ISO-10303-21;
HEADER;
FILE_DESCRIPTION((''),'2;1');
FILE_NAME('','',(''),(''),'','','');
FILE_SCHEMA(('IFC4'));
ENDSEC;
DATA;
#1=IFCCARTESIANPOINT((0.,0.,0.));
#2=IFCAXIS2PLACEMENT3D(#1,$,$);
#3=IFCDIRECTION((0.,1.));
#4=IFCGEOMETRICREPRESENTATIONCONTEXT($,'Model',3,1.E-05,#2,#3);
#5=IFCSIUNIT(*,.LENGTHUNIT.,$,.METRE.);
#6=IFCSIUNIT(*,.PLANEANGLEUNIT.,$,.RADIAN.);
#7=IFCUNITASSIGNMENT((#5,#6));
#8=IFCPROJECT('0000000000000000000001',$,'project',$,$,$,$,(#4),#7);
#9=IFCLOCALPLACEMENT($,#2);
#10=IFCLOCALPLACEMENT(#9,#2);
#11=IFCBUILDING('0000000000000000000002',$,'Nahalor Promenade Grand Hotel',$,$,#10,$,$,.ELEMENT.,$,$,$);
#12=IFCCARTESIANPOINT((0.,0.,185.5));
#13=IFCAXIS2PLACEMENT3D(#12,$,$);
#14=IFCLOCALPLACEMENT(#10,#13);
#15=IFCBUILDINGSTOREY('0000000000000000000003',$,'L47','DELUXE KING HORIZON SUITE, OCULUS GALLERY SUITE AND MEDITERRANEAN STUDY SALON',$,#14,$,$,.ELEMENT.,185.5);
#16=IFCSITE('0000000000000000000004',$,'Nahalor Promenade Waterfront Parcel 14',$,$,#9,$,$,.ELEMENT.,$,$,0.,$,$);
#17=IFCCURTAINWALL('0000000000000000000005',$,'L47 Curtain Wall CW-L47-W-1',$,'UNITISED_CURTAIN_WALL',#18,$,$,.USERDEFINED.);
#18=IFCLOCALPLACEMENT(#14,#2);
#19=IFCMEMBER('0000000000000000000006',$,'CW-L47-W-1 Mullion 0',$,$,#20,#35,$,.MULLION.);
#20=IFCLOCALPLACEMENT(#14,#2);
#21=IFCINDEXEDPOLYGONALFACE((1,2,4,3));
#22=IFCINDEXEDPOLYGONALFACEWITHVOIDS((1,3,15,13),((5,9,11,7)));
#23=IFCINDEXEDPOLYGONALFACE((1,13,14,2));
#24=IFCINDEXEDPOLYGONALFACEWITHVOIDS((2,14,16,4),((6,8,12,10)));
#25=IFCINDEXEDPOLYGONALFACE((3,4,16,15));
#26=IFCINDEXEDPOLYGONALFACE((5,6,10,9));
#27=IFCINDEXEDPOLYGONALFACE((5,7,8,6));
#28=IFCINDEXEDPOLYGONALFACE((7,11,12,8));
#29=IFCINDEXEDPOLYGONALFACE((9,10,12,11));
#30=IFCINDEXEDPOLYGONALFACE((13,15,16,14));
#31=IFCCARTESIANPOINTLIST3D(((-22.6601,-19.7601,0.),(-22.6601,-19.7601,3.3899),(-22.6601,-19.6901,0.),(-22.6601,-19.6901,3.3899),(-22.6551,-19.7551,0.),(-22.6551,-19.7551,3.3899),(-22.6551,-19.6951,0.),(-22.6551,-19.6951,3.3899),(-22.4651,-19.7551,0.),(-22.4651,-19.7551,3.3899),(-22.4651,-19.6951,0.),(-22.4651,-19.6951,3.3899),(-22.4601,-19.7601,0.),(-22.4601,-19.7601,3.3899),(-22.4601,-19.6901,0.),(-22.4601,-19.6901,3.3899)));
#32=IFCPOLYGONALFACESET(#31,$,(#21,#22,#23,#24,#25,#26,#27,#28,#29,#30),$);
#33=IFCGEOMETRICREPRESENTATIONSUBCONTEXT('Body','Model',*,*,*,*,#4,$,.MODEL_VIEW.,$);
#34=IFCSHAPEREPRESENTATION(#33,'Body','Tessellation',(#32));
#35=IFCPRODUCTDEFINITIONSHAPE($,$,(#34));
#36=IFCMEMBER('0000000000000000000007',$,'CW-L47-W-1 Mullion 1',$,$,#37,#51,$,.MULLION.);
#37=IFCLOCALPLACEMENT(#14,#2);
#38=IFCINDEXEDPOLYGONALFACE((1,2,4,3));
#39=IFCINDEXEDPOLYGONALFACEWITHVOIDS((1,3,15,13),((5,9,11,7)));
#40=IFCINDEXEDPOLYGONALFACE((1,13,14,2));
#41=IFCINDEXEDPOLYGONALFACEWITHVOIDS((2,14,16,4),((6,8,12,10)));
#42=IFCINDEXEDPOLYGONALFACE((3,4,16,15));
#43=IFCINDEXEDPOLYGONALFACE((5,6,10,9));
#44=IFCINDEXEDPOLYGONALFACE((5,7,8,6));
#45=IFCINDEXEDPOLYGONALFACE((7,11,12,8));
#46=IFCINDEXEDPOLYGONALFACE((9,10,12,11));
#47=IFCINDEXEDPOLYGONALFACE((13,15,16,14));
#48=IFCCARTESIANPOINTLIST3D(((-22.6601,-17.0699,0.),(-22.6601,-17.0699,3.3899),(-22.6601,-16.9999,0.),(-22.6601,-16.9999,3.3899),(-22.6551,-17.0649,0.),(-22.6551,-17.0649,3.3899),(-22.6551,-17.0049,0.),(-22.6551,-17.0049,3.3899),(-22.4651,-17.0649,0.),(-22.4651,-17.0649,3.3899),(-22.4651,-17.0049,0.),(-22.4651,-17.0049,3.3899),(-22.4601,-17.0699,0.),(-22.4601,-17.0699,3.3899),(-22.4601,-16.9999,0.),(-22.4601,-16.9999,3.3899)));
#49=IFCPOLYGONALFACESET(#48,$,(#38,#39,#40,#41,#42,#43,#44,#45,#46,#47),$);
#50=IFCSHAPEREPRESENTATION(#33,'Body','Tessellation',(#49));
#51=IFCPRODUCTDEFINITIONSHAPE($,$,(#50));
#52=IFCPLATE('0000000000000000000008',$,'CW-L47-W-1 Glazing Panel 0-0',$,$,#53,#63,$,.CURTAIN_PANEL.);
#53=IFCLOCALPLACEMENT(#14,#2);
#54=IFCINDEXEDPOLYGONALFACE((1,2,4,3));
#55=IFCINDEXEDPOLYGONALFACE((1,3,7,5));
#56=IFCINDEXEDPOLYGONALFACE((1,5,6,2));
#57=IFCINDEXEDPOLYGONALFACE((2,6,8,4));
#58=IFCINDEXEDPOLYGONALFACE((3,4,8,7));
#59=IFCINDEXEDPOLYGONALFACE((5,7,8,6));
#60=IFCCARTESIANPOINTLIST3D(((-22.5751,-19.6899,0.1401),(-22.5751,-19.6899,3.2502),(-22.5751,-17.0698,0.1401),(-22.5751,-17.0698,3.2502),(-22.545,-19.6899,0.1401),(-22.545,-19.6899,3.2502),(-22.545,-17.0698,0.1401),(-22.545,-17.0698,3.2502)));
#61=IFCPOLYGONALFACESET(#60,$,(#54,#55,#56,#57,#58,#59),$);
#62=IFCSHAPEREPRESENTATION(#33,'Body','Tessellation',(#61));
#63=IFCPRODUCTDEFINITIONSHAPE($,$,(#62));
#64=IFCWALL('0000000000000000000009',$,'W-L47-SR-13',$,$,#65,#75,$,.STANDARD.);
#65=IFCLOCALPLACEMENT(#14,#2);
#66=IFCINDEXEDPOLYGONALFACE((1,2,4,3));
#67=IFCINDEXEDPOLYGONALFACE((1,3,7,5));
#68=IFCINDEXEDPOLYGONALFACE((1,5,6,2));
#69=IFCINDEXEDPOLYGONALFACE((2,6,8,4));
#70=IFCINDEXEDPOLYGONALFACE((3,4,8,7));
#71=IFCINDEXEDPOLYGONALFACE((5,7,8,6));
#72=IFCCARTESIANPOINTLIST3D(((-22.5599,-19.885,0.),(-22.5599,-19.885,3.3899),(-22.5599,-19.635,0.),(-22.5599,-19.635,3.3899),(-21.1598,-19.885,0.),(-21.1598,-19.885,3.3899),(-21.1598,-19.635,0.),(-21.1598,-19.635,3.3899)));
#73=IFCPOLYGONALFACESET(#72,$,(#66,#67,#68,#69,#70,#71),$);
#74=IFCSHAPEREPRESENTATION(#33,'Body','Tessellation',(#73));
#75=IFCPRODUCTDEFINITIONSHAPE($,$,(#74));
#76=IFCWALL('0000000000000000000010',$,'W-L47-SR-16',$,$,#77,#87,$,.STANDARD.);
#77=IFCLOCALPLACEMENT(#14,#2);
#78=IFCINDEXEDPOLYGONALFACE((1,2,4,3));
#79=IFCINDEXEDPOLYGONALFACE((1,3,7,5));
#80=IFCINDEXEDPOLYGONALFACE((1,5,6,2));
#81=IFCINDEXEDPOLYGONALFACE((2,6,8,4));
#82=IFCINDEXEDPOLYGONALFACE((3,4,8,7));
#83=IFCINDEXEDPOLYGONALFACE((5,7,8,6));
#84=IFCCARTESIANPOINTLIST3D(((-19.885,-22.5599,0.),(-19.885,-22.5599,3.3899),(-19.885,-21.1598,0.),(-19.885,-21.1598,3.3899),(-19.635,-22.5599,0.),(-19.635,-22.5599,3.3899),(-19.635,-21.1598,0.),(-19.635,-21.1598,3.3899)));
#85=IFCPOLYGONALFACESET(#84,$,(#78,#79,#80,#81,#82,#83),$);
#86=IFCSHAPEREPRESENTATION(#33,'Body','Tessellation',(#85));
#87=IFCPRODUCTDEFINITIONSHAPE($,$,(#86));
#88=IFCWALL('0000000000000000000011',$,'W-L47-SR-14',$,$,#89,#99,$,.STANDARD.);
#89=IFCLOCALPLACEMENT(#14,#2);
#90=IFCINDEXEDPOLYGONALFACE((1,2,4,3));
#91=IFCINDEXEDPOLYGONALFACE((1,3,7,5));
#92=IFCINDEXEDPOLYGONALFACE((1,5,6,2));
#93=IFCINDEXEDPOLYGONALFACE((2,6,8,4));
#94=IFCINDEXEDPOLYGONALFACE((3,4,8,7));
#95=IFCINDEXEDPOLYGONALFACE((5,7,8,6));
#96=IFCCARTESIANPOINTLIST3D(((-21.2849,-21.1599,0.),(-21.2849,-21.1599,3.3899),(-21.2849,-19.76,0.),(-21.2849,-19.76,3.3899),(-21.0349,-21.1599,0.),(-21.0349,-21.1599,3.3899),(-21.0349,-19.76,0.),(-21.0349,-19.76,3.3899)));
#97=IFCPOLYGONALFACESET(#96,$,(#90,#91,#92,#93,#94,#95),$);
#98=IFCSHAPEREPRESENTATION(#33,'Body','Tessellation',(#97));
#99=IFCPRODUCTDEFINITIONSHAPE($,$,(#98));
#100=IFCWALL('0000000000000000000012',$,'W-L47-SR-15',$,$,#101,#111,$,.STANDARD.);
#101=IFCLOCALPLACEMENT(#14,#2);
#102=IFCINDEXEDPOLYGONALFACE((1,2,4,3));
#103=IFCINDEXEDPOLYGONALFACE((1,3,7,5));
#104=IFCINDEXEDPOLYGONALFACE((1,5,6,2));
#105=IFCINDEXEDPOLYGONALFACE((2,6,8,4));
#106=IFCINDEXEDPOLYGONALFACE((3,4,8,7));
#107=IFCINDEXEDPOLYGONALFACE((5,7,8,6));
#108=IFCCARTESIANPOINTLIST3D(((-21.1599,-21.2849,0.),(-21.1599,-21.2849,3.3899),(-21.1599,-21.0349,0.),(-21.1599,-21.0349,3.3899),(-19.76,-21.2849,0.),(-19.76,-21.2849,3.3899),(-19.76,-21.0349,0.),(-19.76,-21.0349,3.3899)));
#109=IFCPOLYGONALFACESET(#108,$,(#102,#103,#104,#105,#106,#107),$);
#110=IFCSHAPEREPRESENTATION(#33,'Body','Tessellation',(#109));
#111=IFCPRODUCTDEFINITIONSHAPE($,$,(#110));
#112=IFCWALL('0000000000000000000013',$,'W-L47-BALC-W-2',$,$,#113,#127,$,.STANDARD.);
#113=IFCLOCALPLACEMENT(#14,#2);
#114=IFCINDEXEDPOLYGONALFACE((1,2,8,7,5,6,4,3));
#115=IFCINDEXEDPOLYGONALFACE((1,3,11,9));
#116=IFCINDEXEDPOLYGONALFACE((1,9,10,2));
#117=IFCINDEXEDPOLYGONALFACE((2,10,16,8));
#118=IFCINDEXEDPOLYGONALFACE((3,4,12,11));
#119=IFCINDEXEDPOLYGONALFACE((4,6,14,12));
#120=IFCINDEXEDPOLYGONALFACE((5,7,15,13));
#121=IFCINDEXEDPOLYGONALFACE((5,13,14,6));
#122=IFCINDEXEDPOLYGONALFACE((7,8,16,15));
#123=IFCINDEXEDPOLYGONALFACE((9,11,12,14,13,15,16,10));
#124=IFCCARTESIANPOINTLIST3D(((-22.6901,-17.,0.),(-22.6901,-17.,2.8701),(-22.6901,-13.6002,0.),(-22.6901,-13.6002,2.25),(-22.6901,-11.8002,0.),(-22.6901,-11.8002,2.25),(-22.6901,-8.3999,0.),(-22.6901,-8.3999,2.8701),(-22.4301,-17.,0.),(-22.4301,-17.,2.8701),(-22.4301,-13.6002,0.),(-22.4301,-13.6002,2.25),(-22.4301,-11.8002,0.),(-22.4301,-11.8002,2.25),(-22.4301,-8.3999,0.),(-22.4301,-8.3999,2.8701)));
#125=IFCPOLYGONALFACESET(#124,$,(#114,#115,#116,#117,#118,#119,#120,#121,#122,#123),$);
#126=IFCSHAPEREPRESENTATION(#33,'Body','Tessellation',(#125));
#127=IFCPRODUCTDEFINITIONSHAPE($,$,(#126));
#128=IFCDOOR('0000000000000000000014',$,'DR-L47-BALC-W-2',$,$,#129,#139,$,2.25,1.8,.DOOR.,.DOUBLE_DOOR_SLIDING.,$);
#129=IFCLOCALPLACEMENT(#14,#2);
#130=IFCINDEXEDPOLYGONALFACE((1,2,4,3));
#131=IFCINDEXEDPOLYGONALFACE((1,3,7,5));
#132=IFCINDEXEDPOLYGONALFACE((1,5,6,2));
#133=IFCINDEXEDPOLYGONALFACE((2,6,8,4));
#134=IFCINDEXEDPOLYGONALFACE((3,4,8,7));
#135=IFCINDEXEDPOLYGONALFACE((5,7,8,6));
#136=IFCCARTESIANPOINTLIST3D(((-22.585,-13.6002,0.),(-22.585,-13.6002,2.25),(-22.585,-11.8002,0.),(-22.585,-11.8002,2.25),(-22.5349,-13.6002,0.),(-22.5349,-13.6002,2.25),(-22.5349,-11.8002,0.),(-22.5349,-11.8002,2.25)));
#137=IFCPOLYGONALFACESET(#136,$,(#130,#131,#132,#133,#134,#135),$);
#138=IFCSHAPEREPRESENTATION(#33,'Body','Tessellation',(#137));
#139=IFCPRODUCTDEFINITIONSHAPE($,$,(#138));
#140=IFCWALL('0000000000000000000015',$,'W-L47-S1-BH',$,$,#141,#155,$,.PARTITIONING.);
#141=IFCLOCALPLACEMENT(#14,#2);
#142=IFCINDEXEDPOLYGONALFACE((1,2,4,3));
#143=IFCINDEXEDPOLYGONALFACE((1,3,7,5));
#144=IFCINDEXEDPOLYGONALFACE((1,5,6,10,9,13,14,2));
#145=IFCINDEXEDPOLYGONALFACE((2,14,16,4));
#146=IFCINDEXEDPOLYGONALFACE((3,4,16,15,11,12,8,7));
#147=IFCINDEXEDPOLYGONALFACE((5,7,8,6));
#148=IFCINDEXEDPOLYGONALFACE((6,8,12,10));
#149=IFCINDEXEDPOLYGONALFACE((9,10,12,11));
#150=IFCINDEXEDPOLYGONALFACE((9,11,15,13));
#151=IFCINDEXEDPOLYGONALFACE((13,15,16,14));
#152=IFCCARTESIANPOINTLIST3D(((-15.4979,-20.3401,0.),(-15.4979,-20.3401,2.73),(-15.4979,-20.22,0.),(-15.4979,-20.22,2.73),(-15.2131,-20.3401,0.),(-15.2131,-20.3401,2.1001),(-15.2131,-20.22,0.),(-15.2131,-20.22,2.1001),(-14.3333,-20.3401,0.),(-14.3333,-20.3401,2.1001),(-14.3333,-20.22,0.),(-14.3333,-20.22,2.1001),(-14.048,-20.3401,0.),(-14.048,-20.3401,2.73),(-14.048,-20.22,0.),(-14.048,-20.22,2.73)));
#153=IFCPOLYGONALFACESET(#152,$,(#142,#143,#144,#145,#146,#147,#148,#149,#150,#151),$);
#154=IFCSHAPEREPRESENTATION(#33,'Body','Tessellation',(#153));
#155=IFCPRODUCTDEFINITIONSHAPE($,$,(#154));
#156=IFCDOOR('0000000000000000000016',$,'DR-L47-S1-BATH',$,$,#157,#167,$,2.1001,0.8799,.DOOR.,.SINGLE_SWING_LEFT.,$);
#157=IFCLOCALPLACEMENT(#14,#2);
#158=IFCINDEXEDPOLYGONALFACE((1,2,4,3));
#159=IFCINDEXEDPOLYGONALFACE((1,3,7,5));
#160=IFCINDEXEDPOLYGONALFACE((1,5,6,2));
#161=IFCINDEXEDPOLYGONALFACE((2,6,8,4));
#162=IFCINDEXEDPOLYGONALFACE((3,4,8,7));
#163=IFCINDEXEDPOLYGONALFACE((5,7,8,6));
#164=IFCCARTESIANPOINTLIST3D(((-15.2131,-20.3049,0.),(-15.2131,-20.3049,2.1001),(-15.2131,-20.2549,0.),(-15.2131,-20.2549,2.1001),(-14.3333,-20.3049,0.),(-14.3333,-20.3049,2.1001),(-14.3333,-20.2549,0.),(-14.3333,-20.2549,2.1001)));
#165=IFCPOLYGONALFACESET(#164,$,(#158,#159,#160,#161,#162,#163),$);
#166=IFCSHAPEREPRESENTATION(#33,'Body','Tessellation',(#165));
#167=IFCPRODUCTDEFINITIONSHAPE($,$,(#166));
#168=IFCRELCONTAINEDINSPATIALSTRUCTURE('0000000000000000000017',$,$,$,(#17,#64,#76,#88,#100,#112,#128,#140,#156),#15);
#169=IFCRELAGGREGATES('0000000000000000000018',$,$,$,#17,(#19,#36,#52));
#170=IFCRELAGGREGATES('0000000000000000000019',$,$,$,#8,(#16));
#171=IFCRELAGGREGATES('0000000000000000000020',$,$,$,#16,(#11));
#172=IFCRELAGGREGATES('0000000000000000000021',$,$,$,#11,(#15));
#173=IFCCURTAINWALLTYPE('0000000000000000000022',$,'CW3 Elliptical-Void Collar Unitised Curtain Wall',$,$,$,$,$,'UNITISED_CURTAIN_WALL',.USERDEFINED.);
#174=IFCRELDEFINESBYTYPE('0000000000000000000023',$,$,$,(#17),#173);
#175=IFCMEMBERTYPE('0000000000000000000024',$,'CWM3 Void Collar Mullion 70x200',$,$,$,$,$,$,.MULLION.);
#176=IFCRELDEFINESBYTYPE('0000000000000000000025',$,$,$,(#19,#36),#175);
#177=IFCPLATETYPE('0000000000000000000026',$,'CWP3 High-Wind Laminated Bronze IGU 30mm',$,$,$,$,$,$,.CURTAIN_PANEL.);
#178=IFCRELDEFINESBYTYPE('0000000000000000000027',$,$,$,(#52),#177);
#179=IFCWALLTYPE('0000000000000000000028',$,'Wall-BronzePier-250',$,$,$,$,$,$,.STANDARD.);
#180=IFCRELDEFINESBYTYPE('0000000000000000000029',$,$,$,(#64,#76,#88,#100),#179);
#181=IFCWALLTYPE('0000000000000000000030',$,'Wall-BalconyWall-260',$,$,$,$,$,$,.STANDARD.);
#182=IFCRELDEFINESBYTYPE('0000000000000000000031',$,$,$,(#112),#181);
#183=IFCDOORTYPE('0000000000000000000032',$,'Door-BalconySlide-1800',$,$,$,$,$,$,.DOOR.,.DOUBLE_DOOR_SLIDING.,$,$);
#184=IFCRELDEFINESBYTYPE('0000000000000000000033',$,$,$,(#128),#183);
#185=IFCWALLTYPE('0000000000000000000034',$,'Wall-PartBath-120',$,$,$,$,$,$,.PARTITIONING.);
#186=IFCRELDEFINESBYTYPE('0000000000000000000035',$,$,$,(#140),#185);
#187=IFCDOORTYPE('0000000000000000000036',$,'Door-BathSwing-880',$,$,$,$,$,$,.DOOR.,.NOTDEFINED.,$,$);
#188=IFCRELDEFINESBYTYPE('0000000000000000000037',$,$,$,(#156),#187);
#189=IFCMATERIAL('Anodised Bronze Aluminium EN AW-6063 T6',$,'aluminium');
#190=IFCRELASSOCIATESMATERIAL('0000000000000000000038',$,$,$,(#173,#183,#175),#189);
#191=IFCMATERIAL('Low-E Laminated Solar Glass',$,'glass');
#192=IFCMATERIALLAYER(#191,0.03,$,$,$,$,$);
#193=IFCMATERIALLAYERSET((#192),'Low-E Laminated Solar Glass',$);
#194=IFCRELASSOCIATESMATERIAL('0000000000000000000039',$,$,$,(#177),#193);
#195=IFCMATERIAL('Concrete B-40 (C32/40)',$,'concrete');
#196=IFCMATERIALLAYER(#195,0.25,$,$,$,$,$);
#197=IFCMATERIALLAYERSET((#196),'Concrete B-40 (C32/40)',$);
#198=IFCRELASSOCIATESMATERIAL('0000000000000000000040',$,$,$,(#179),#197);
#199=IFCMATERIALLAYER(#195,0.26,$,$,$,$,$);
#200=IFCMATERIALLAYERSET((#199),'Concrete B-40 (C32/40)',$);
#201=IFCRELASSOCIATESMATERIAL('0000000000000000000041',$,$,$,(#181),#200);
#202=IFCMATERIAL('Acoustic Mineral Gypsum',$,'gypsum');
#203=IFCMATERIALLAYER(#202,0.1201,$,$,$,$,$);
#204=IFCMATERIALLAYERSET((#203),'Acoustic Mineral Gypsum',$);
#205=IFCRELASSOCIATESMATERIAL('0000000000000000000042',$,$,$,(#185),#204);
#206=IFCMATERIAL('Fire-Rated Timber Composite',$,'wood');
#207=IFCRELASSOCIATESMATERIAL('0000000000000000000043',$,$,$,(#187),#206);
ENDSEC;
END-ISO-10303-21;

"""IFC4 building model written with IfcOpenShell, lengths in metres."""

from ifc_helpers import new_model, si_unit, direction, frame, frame_2d, origin, origin_2d, place, context, subcontext, project, spatial, rectangle, hollow_rectangle, extrude, source, transform, mapped, material, layer, layer_set, material_profile, profile_set, type_object, element, fill, aggregate, save


model = new_model("IFC4")

# Units and contexts
model_context = context("Model", 3, precision=1e-05, world=origin(), true_north=direction((0.0, 1.0)))
body_context = subcontext(model_context, "Body", "Model", "MODEL_VIEW")
ifc_project = project(units=[si_unit("LENGTHUNIT", "METRE"), si_unit("PLANEANGLEUNIT", "RADIAN")], contexts=[model_context])

# Site, building, storey
site_placement = place(None, origin())
site = spatial("IfcSite", under=ifc_project, at=site_placement, Name="Nahalor Promenade Waterfront Parcel 14", CompositionType="ELEMENT", RefElevation=0.0)
building_placement = place(site_placement, origin())
building = spatial("IfcBuilding", under=site, at=building_placement, Name="Nahalor Promenade Grand Hotel", CompositionType="ELEMENT")
storey_placement = place(building_placement, frame((0.0, 0.0, 185.5)))
storey = spatial("IfcBuildingStorey", under=building, at=storey_placement, Name="L47", Description="DELUXE KING HORIZON SUITE, OCULUS GALLERY SUITE AND MEDITERRANEAN STUDY SALON", CompositionType="ELEMENT", Elevation=185.5)

# Curtain wall
ifc_material_1 = material(Name="Anodised Bronze Aluminium EN AW-6063 T6", Category="aluminium")
curtain_wall_type = type_object("IfcCurtainWallType", Name="CW3 Elliptical-Void Collar Unitised Curtain Wall", ElementType="UNITISED_CURTAIN_WALL", PredefinedType="USERDEFINED", material=ifc_material_1)
curtain_wall_1_placement = place(storey_placement, origin())
curtain_wall_1 = element("IfcCurtainWall", 1, at=curtain_wall_1_placement, inside=storey, type_object=curtain_wall_type, Name="L47 Curtain Wall CW-L47-W-1", ObjectType="UNITISED_CURTAIN_WALL", PredefinedType="USERDEFINED")

# Members
ifc_material_profile_1 = material_profile(ifc_material_1, hollow_rectangle(XDim=0.07, YDim=0.2, WallThickness=0.005, at=origin_2d()), Name="CWM 70x200x5")
ifc_profile_set_1 = profile_set([ifc_material_profile_1], Name="Anodised Bronze Aluminium EN AW-6063 T6")
member_type_1 = type_object("IfcMemberType", Name="CWM3 Void Collar Mullion 70x200", PredefinedType="MULLION", material=ifc_profile_set_1)
shared_shape_1 = source(origin(), body_context, "Body", "SweptSolid", [
    extrude(hollow_rectangle(XDim=0.07, YDim=0.2, WallThickness=0.005, at=origin_2d()), origin(), (0.0, 0.0, 1.0), 3.3899),
])
member_1_placement = place(storey_placement, frame((-22.5601, -19.7251, 0.0), z_axis=(0.0, 0.0, 1.0), x_axis=(0.0, 1.0, 0.0)))
member_1 = element("IfcMember", 2, at=member_1_placement, type_object=member_type_1, Name="CW-L47-W-1 Mullion 0", PredefinedType="MULLION", context=body_context, shape_type="MappedRepresentation", body=[
    mapped(shared_shape_1, transform((0.0, 0.0, 0.0), scale=1.0)),
])
member_2_placement = place(storey_placement, frame((-22.5601, -17.0349, 0.0), z_axis=(0.0, 0.0, 1.0), x_axis=(0.0, 1.0, 0.0)))
member_2 = element("IfcMember", 3, at=member_2_placement, type_object=member_type_1, Name="CW-L47-W-1 Mullion 1", PredefinedType="MULLION", context=body_context, shape_type="MappedRepresentation", body=[
    mapped(shared_shape_1, transform((0.0, 0.0, 0.0), scale=1.0)),
])

# Plate
ifc_material_2 = material(Name="Low-E Laminated Solar Glass", Category="glass")
ifc_layer_1 = layer(ifc_material_2, 0.03)
ifc_layer_set_1 = layer_set([ifc_layer_1], Name="Low-E Laminated Solar Glass")
plate_type = type_object("IfcPlateType", Name="CWP3 High-Wind Laminated Bronze IGU 30mm", PredefinedType="CURTAIN_PANEL", material=ifc_layer_set_1)
shared_shape_2 = source(origin(), body_context, "Body", "SweptSolid", [
    extrude(rectangle(XDim=2.6201, YDim=0.03, at=origin_2d()), origin(), (0.0, 0.0, 1.0), 3.1101),
])
plate_placement = place(storey_placement, frame((-22.5601, -18.3799, 0.1401), z_axis=(0.0, 0.0, 1.0), x_axis=(0.0, 1.0, 0.0)))
plate = element("IfcPlate", 4, at=plate_placement, type_object=plate_type, Name="CW-L47-W-1 Glazing Panel 0-0", PredefinedType="CURTAIN_PANEL", context=body_context, shape_type="MappedRepresentation", body=[
    mapped(shared_shape_2, transform((0.0, 0.0, 0.0), scale=1.0)),
])
aggregate(curtain_wall_1, [member_1, member_2, plate])

# Walls
ifc_material_3 = material(Name="Concrete B-40 (C32/40)", Category="concrete")
ifc_layer_2 = layer(ifc_material_3, 0.25)
ifc_layer_set_2 = layer_set([ifc_layer_2], Name="Concrete B-40 (C32/40)")
wall_type_1 = type_object("IfcWallType", Name="Wall-BronzePier-250", PredefinedType="STANDARD", material=ifc_layer_set_2)
shared_shape_3 = source(origin(), body_context, "Body", "SweptSolid", [
    extrude(rectangle(XDim=1.4001, YDim=0.25, at=frame_2d((0.7002, 0.0))), origin(), (0.0, 0.0, 1.0), 3.3899),
])
for number, where, z_axis, x_axis, name in (
    (5, (-22.5601, -19.76, 0.0), (0.0, 0.0, 1.0), (1.0, 0.0, 0.0), "W-L47-SR-13"),
    (6, (-19.76, -22.5601, 0.0), (0.0, 0.0, 1.0), (0.0, 1.0, 0.0), "W-L47-SR-16"),
):
    element("IfcWall", number, at=place(storey_placement, frame(where, z_axis=z_axis, x_axis=x_axis)), inside=storey, type_object=wall_type_1, Name=name, PredefinedType="STANDARD", context=body_context, shape_type="MappedRepresentation", body=[
        mapped(shared_shape_3, transform((0.0, 0.0, 0.0), scale=1.0)),
    ])
shared_shape_4 = source(origin(), body_context, "Body", "SweptSolid", [
    extrude(rectangle(XDim=1.3999, YDim=0.25, at=frame_2d((0.7, 0.0))), origin(), (0.0, 0.0, 1.0), 3.3899),
])
for number, where, z_axis, x_axis, name in (
    (7, (-21.1599, -21.1599, 0.0), (0.0, 0.0, 1.0), (0.0, 1.0, 0.0), "W-L47-SR-14"),
    (8, (-21.1599, -21.1599, 0.0), (0.0, 0.0, 1.0), (1.0, 0.0, 0.0), "W-L47-SR-15"),
):
    element("IfcWall", number, at=place(storey_placement, frame(where, z_axis=z_axis, x_axis=x_axis)), inside=storey, type_object=wall_type_1, Name=name, PredefinedType="STANDARD", context=body_context, shape_type="MappedRepresentation", body=[
        mapped(shared_shape_4, transform((0.0, 0.0, 0.0), scale=1.0)),
    ])

# Walls, openings, doors
ifc_layer_3 = layer(ifc_material_3, 0.26)
ifc_layer_set_3 = layer_set([ifc_layer_3], Name="Concrete B-40 (C32/40)")
wall_type_2 = type_object("IfcWallType", Name="Wall-BalconyWall-260", PredefinedType="STANDARD", material=ifc_layer_set_3)
shared_shape_5 = source(origin(), body_context, "Body", "SweptSolid", [
    extrude(rectangle(XDim=8.6001, YDim=0.26, at=frame_2d((4.3, 0.0))), origin(), (0.0, 0.0, 1.0), 2.8701),
])
wall_1_placement = place(storey_placement, frame((-22.5601, -17.0, 0.0), z_axis=(0.0, 0.0, 1.0), x_axis=(0.0, 1.0, 0.0)))
wall_1 = element("IfcWall", 9, at=wall_1_placement, inside=storey, type_object=wall_type_2, Name="W-L47-BALC-W-2", PredefinedType="STANDARD", context=body_context, shape_type="MappedRepresentation", body=[
    mapped(shared_shape_5, transform((0.0, 0.0, 0.0), scale=1.0)),
])
opening_1_placement = place(wall_1_placement, frame((3.3999, 0.0, 0.0)))
opening_1 = element("IfcOpeningElement", 10, at=opening_1_placement, cuts=wall_1, PredefinedType="OPENING", context=body_context, shape_type="SweptSolid", body=[
    extrude(rectangle(XDim=1.8, YDim=2.25, at=frame_2d((0.8999, 1.125))), frame((0.0, 0.1399, 0.0), z_axis=(0.0, -1.0, 0.0), x_axis=(1.0, 0.0, 0.0)), (0.0, 0.0, 1.0), 0.28),
])
door_type_1 = type_object("IfcDoorType", Name="Door-BalconySlide-1800", OperationType="DOUBLE_DOOR_SLIDING", PredefinedType="DOOR", material=ifc_material_1)
shared_shape_6 = source(origin(), body_context, "Body", "SweptSolid", [
    extrude(rectangle(XDim=1.8, YDim=2.25, at=frame_2d((0.8999, 1.125))), frame((0.0, 0.0249, 0.0), z_axis=(0.0, -1.0, 0.0), x_axis=(1.0, 0.0, 0.0)), (0.0, 0.0, 1.0), 0.05),
])
door_1_placement = place(opening_1_placement, origin())
door_1 = element("IfcDoor", 11, at=door_1_placement, inside=storey, type_object=door_type_1, Name="DR-L47-BALC-W-2", OperationType="DOUBLE_DOOR_SLIDING", OverallHeight=2.25, OverallWidth=1.8, PredefinedType="DOOR", context=body_context, shape_type="MappedRepresentation", body=[
    mapped(shared_shape_6, transform((0.0, 0.0, 0.0), scale=1.0)),
])
fill(opening_1, door_1)
ifc_material_4 = material(Name="Acoustic Mineral Gypsum", Category="gypsum")
ifc_layer_4 = layer(ifc_material_4, 0.1201)
ifc_layer_set_4 = layer_set([ifc_layer_4], Name="Acoustic Mineral Gypsum")
wall_type_3 = type_object("IfcWallType", Name="Wall-PartBath-120", PredefinedType="PARTITIONING", material=ifc_layer_set_4)
shared_shape_7 = source(origin(), body_context, "Body", "SweptSolid", [
    extrude(rectangle(XDim=1.45, YDim=0.1201, at=frame_2d((0.7251, 0.0))), origin(), (0.0, 0.0, 1.0), 2.73),
])
wall_2_placement = place(storey_placement, frame((-15.498, -20.28, 0.0), z_axis=(0.0, 0.0, 1.0), x_axis=(1.0, 0.0, 0.0)))
wall_2 = element("IfcWall", 12, at=wall_2_placement, inside=storey, type_object=wall_type_3, Name="W-L47-S1-BH", PredefinedType="PARTITIONING", context=body_context, shape_type="MappedRepresentation", body=[
    mapped(shared_shape_7, transform((0.0, 0.0, 0.0), scale=1.0)),
])
opening_2_placement = place(wall_2_placement, frame((0.2849, 0.0, 0.0)))
opening_2 = element("IfcOpeningElement", 13, at=opening_2_placement, cuts=wall_2, PredefinedType="OPENING", context=body_context, shape_type="SweptSolid", body=[
    extrude(rectangle(XDim=0.8799, YDim=2.1001, at=frame_2d((0.4399, 1.05))), frame((0.0, 0.0701, 0.0), z_axis=(0.0, -1.0, 0.0), x_axis=(1.0, 0.0, 0.0)), (0.0, 0.0, 1.0), 0.1401),
])
ifc_material_5 = material(Name="Fire-Rated Timber Composite", Category="wood")
door_type_2 = type_object("IfcDoorType", Name="Door-BathSwing-880", OperationType="NOTDEFINED", PredefinedType="DOOR", material=ifc_material_5)
shared_shape_8 = source(origin(), body_context, "Body", "SweptSolid", [
    extrude(rectangle(XDim=0.8799, YDim=2.1001, at=frame_2d((0.4399, 1.05))), frame((0.0, 0.0249, 0.0), z_axis=(0.0, -1.0, 0.0), x_axis=(1.0, 0.0, 0.0)), (0.0, 0.0, 1.0), 0.05),
])
door_2_placement = place(opening_2_placement, frame((0.8799, 0.0, 0.0), z_axis=(0.0, 0.0, 1.0), x_axis=(-1.0, 0.0, 0.0)))
door_2 = element("IfcDoor", 14, at=door_2_placement, inside=storey, type_object=door_type_2, Name="DR-L47-S1-BATH", OperationType="SINGLE_SWING_LEFT", OverallHeight=2.1001, OverallWidth=0.8799, PredefinedType="DOOR", context=body_context, shape_type="MappedRepresentation", body=[
    mapped(shared_shape_8, transform((0.0, 0.0, 0.0), scale=1.0)),
])
fill(opening_2, door_2)

save(model, "model.ifc")
